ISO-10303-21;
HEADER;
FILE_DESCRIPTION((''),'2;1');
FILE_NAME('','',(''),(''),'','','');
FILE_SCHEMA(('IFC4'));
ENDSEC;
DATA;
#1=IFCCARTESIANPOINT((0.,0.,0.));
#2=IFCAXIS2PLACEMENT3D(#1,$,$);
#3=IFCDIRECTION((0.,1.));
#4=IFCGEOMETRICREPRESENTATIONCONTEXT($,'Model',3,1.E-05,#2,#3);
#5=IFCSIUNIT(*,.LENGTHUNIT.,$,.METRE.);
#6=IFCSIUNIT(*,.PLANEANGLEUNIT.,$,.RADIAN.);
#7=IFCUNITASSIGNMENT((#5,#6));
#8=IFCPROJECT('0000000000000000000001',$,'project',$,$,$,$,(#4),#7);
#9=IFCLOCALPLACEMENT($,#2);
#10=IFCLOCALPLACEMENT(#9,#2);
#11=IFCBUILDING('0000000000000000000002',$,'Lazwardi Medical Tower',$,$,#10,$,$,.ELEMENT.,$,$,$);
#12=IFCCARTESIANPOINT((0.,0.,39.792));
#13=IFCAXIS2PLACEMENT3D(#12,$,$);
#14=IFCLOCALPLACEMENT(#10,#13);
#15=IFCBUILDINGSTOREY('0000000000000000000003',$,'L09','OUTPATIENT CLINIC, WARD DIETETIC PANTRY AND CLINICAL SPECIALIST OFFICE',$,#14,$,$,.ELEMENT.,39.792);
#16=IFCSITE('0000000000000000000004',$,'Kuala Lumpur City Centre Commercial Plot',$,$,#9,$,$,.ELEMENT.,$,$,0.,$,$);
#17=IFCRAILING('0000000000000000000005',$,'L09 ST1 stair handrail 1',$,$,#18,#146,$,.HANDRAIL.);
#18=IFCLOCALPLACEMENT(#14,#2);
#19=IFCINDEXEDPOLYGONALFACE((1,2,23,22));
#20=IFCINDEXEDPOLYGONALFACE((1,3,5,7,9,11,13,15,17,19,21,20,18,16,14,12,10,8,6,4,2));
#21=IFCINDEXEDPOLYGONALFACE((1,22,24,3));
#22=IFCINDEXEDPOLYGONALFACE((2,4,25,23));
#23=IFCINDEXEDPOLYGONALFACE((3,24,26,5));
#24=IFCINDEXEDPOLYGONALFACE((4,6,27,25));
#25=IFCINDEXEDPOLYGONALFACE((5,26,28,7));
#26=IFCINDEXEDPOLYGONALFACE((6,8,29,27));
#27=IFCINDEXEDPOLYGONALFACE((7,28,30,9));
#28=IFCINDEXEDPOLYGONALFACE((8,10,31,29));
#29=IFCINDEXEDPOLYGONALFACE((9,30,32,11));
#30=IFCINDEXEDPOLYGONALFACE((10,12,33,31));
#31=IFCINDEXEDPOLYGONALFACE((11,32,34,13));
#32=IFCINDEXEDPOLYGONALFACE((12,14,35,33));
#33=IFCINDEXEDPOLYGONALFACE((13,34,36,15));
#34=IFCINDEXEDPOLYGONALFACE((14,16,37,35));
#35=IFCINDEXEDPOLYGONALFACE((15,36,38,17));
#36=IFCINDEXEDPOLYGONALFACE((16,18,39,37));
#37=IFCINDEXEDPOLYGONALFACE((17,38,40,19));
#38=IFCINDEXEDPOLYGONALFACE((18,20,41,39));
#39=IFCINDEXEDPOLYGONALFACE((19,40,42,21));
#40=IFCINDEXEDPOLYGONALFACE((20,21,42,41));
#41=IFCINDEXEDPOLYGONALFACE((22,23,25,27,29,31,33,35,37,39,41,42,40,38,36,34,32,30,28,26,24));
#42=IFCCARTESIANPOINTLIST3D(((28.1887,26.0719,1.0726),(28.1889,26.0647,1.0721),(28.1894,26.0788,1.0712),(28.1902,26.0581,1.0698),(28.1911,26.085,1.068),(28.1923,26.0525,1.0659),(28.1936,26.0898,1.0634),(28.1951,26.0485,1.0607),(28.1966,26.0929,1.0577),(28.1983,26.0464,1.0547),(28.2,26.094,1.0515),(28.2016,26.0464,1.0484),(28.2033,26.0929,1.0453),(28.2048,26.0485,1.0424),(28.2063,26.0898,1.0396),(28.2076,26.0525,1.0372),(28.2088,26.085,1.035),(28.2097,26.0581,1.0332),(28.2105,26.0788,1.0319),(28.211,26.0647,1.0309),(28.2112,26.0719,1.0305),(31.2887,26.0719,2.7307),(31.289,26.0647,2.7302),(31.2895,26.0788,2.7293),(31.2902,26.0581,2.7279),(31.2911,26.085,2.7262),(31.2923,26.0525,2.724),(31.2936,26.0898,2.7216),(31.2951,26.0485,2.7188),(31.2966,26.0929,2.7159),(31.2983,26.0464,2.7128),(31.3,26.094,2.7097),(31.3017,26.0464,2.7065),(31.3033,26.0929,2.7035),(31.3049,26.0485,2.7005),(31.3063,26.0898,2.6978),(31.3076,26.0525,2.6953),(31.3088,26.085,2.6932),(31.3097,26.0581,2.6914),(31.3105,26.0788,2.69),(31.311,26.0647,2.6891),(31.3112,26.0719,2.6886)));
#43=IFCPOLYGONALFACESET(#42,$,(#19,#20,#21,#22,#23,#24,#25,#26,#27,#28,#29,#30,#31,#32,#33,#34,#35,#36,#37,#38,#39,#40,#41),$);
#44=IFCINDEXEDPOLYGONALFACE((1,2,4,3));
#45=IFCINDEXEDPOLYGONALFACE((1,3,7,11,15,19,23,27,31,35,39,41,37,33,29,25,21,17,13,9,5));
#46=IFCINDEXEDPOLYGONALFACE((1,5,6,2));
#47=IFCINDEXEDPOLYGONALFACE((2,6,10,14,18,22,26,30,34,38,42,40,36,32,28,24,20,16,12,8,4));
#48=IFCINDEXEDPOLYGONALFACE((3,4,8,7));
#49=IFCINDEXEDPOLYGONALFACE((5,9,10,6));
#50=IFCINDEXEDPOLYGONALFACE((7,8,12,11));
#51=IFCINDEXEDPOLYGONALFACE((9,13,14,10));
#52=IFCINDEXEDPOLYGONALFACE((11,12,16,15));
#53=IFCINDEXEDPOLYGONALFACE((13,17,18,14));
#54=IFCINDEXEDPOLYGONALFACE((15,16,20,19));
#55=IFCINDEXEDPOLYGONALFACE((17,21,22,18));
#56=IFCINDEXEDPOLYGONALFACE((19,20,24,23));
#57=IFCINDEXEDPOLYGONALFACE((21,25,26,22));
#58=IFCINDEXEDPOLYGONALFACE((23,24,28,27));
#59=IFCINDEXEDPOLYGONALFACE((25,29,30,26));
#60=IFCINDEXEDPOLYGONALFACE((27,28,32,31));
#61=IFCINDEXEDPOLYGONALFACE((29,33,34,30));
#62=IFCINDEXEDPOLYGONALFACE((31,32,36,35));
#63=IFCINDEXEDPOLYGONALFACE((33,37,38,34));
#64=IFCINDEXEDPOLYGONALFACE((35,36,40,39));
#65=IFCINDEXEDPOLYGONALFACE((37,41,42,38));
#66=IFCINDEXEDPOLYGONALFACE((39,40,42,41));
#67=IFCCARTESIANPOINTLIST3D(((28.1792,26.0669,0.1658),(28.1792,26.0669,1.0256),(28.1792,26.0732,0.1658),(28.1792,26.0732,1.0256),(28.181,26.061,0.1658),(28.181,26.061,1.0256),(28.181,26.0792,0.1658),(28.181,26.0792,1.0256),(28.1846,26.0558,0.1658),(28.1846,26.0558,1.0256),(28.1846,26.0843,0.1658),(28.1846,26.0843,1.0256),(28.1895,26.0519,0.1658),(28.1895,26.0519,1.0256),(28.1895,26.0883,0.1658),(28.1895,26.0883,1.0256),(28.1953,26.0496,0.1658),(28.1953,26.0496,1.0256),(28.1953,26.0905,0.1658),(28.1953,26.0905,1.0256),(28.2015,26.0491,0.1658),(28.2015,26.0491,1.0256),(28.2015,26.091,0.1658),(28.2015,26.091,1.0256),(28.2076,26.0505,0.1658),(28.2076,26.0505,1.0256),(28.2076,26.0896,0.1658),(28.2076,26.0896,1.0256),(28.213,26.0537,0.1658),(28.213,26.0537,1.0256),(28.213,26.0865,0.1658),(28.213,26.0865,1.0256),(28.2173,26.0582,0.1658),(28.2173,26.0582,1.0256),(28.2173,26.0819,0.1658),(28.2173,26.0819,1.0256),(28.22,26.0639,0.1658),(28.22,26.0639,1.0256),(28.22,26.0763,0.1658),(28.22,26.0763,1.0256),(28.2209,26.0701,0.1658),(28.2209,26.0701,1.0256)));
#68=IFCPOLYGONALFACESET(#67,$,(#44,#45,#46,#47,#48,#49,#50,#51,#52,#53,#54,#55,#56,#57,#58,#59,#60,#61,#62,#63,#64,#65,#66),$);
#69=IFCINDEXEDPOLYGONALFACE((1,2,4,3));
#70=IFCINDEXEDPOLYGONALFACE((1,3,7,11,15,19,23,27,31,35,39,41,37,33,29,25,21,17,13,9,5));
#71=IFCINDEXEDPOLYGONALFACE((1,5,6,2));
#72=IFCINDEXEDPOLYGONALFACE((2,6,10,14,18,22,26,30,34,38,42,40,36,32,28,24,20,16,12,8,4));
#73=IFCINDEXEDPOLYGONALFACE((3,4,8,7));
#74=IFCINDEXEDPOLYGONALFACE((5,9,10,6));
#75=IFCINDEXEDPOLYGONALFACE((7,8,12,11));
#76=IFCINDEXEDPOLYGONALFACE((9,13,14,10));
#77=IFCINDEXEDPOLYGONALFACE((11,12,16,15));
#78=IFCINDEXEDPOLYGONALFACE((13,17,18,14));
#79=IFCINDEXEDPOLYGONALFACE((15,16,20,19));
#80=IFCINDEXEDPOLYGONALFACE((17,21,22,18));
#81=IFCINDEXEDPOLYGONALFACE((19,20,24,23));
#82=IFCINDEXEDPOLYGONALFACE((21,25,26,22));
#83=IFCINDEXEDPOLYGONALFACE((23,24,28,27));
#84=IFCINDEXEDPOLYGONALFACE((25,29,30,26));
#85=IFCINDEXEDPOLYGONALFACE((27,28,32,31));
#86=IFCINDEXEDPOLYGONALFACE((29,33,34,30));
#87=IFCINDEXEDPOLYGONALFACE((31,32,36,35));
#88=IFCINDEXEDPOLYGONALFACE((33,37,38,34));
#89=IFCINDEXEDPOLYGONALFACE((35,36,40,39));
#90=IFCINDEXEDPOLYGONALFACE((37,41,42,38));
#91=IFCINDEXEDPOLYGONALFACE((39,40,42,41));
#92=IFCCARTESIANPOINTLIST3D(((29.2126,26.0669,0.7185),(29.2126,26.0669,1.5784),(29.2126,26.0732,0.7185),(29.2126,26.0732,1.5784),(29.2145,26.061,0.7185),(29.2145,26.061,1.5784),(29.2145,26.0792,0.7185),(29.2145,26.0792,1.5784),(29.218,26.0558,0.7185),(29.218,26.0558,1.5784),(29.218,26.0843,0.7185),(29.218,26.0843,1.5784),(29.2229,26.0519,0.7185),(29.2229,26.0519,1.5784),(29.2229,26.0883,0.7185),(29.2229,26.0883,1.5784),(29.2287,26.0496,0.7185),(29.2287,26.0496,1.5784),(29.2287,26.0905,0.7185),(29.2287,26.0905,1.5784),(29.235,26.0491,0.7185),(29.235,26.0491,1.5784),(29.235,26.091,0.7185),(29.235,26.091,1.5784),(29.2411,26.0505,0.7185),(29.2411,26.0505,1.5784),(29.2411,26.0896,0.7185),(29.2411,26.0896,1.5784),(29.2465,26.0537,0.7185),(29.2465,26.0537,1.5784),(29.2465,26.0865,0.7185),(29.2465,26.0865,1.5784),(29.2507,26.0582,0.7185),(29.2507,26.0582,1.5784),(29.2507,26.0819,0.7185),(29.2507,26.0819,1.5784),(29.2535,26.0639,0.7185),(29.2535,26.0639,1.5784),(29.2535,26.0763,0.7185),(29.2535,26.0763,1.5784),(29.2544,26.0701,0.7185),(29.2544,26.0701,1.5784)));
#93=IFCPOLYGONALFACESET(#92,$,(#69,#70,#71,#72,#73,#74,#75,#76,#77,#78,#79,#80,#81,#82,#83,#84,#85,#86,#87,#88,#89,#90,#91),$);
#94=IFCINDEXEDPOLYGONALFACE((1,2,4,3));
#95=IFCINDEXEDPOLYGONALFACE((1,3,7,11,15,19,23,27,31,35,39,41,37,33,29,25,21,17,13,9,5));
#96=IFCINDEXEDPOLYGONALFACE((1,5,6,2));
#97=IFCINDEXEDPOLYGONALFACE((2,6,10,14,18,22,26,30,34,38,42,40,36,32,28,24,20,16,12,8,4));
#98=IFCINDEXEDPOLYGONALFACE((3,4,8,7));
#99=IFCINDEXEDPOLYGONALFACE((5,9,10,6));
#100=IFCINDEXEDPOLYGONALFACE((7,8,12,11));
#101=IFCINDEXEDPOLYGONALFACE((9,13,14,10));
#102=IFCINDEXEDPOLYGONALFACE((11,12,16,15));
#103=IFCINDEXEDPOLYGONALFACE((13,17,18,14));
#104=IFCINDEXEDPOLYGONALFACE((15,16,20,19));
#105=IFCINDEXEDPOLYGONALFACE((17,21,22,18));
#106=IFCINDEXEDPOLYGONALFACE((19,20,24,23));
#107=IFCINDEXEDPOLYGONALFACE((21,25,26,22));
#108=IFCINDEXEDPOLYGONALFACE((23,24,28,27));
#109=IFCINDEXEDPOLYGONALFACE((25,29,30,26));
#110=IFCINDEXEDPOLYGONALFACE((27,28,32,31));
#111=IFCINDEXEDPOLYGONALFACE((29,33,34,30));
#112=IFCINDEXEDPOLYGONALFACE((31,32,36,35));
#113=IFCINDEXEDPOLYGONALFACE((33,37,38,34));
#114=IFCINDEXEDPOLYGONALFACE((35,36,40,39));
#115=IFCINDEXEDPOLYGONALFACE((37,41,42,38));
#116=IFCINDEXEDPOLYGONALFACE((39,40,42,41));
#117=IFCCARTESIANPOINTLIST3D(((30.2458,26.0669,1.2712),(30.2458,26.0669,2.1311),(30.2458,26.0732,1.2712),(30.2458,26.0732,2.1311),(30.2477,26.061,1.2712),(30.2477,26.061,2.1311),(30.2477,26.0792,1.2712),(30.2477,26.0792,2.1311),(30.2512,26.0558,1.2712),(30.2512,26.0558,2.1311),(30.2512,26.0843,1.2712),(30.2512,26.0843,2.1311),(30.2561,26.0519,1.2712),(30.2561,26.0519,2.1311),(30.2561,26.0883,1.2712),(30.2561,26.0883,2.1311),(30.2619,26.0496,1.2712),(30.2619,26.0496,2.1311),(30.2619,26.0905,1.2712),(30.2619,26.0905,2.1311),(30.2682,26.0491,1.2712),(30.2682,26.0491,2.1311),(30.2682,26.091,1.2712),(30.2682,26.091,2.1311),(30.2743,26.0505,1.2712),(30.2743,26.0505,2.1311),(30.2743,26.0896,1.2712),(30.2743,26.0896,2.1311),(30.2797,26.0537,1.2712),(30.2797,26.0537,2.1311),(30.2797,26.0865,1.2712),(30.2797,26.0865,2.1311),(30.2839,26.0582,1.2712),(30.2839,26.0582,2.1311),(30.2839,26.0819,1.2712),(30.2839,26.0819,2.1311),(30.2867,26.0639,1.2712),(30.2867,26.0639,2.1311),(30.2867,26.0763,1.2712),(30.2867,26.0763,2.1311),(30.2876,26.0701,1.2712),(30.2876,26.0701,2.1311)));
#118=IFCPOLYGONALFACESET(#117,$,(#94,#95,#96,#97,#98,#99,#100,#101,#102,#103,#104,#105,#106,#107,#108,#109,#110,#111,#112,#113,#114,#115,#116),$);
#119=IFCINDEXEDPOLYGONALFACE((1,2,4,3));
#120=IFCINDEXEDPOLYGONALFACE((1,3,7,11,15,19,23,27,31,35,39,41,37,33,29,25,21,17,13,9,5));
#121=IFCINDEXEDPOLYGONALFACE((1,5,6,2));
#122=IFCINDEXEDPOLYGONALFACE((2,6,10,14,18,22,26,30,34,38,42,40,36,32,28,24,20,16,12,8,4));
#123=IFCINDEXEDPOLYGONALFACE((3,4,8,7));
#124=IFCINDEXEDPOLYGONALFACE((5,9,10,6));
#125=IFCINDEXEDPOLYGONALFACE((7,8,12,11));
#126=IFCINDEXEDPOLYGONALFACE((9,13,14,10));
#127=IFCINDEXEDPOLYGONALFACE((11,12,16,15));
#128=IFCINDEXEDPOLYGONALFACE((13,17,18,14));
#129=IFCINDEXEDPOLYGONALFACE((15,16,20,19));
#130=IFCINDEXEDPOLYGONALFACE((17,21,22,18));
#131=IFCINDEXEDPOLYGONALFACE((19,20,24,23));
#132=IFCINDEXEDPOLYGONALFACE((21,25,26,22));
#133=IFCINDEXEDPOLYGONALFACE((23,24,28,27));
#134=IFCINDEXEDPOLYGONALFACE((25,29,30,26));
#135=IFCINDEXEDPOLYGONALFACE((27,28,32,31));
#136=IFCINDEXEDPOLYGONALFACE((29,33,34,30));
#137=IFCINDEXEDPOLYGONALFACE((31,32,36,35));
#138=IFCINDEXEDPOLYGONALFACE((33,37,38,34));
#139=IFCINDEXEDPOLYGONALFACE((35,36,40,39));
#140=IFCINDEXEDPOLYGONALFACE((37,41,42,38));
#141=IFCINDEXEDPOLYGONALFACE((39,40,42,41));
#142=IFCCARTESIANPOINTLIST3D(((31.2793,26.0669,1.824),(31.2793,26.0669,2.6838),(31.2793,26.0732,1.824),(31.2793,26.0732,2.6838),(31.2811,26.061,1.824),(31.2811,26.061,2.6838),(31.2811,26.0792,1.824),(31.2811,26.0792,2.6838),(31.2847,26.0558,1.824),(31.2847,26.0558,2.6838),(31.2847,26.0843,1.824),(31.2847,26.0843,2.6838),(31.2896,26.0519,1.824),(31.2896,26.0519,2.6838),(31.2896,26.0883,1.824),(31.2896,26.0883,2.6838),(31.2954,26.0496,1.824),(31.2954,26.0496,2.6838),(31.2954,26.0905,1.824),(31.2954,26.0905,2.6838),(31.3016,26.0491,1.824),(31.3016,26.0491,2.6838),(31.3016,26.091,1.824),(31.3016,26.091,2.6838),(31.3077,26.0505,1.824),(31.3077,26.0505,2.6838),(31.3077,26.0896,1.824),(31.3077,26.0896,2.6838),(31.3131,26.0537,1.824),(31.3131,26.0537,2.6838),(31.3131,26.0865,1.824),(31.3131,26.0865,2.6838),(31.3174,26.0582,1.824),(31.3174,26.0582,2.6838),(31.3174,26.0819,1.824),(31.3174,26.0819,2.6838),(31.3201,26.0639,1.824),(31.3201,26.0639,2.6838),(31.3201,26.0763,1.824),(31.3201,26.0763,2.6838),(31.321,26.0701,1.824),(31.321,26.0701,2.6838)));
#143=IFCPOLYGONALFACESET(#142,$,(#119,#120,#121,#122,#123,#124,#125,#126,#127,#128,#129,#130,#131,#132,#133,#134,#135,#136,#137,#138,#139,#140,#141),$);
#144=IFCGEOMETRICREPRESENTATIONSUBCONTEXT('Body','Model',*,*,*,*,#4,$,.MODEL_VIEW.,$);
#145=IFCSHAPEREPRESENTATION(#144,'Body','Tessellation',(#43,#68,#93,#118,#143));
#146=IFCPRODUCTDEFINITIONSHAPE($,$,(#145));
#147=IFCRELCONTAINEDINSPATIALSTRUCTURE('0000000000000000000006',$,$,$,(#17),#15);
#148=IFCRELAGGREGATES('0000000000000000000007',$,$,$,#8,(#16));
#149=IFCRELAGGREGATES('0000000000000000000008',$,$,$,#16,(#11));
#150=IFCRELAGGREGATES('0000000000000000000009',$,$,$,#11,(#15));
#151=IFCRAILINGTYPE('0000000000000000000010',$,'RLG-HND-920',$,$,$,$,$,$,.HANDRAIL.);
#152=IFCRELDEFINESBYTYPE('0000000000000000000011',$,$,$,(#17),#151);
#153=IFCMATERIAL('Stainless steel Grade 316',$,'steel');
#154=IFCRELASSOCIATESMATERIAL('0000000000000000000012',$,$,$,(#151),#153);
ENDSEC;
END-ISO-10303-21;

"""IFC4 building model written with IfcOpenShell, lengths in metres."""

from ifc_helpers import new_model, si_unit, direction, frame, origin, origin_2d, place, context, subcontext, project, spatial, circle, extrude, material, type_object, element, save


model = new_model("IFC4")

# Units and contexts
model_context = context("Model", 3, precision=1e-05, world=origin(), true_north=direction((0.0, 1.0)))
body_context = subcontext(model_context, "Body", "Model", "MODEL_VIEW")
ifc_project = project(units=[si_unit("LENGTHUNIT", "METRE"), si_unit("PLANEANGLEUNIT", "RADIAN")], contexts=[model_context])

# Site, building, storey
site_placement = place(None, origin())
site = spatial("IfcSite", under=ifc_project, at=site_placement, Name="Kuala Lumpur City Centre Commercial Plot", CompositionType="ELEMENT", RefElevation=0.0)
building_placement = place(site_placement, origin())
building = spatial("IfcBuilding", under=site, at=building_placement, Name="Lazwardi Medical Tower", CompositionType="ELEMENT")
storey_placement = place(building_placement, frame((0.0, 0.0, 39.792)))
storey = spatial("IfcBuildingStorey", under=building, at=storey_placement, Name="L09", Description="OUTPATIENT CLINIC, WARD DIETETIC PANTRY AND CLINICAL SPECIALIST OFFICE", CompositionType="ELEMENT", Elevation=39.792)

# Railing
ifc_material_1 = material(Name="Stainless steel Grade 316", Category="steel")
railing_type_1 = type_object("IfcRailingType", Name="RLG-HND-920", PredefinedType="HANDRAIL", material=ifc_material_1)
railing_1_placement = place(storey_placement, frame((28.2, 26.0701, 0.1658)))
element("IfcRailing", 1, at=railing_1_placement, inside=storey, type_object=railing_type_1, Name="L09 ST1 stair handrail 1", PredefinedType="HANDRAIL", context=body_context, shape_type="SweptSolid", body=[
    extrude(circle(Radius=0.0239, at=origin_2d()), frame((0.0, 0.0, 0.8857), z_axis=(0.881783, 0.0, 0.471655), x_axis=(0.0, 1.0, 0.0)), (0.0, 0.0, 1.0), 3.5156),
    extrude(circle(Radius=0.021, at=origin_2d()), origin(), (0.0, 0.0, 1.0), 0.8599),
    extrude(circle(Radius=0.021, at=origin_2d()), frame((1.0334, 0.0, 0.5527)), (0.0, 0.0, 1.0), 0.8599),
    extrude(circle(Radius=0.021, at=origin_2d()), frame((2.0667, 0.0, 1.1055)), (0.0, 0.0, 1.0), 0.8599),
    extrude(circle(Radius=0.021, at=origin_2d()), frame((3.1001, 0.0, 1.6582)), (0.0, 0.0, 1.0), 0.8599),
])

save(model, "model.ifc")
